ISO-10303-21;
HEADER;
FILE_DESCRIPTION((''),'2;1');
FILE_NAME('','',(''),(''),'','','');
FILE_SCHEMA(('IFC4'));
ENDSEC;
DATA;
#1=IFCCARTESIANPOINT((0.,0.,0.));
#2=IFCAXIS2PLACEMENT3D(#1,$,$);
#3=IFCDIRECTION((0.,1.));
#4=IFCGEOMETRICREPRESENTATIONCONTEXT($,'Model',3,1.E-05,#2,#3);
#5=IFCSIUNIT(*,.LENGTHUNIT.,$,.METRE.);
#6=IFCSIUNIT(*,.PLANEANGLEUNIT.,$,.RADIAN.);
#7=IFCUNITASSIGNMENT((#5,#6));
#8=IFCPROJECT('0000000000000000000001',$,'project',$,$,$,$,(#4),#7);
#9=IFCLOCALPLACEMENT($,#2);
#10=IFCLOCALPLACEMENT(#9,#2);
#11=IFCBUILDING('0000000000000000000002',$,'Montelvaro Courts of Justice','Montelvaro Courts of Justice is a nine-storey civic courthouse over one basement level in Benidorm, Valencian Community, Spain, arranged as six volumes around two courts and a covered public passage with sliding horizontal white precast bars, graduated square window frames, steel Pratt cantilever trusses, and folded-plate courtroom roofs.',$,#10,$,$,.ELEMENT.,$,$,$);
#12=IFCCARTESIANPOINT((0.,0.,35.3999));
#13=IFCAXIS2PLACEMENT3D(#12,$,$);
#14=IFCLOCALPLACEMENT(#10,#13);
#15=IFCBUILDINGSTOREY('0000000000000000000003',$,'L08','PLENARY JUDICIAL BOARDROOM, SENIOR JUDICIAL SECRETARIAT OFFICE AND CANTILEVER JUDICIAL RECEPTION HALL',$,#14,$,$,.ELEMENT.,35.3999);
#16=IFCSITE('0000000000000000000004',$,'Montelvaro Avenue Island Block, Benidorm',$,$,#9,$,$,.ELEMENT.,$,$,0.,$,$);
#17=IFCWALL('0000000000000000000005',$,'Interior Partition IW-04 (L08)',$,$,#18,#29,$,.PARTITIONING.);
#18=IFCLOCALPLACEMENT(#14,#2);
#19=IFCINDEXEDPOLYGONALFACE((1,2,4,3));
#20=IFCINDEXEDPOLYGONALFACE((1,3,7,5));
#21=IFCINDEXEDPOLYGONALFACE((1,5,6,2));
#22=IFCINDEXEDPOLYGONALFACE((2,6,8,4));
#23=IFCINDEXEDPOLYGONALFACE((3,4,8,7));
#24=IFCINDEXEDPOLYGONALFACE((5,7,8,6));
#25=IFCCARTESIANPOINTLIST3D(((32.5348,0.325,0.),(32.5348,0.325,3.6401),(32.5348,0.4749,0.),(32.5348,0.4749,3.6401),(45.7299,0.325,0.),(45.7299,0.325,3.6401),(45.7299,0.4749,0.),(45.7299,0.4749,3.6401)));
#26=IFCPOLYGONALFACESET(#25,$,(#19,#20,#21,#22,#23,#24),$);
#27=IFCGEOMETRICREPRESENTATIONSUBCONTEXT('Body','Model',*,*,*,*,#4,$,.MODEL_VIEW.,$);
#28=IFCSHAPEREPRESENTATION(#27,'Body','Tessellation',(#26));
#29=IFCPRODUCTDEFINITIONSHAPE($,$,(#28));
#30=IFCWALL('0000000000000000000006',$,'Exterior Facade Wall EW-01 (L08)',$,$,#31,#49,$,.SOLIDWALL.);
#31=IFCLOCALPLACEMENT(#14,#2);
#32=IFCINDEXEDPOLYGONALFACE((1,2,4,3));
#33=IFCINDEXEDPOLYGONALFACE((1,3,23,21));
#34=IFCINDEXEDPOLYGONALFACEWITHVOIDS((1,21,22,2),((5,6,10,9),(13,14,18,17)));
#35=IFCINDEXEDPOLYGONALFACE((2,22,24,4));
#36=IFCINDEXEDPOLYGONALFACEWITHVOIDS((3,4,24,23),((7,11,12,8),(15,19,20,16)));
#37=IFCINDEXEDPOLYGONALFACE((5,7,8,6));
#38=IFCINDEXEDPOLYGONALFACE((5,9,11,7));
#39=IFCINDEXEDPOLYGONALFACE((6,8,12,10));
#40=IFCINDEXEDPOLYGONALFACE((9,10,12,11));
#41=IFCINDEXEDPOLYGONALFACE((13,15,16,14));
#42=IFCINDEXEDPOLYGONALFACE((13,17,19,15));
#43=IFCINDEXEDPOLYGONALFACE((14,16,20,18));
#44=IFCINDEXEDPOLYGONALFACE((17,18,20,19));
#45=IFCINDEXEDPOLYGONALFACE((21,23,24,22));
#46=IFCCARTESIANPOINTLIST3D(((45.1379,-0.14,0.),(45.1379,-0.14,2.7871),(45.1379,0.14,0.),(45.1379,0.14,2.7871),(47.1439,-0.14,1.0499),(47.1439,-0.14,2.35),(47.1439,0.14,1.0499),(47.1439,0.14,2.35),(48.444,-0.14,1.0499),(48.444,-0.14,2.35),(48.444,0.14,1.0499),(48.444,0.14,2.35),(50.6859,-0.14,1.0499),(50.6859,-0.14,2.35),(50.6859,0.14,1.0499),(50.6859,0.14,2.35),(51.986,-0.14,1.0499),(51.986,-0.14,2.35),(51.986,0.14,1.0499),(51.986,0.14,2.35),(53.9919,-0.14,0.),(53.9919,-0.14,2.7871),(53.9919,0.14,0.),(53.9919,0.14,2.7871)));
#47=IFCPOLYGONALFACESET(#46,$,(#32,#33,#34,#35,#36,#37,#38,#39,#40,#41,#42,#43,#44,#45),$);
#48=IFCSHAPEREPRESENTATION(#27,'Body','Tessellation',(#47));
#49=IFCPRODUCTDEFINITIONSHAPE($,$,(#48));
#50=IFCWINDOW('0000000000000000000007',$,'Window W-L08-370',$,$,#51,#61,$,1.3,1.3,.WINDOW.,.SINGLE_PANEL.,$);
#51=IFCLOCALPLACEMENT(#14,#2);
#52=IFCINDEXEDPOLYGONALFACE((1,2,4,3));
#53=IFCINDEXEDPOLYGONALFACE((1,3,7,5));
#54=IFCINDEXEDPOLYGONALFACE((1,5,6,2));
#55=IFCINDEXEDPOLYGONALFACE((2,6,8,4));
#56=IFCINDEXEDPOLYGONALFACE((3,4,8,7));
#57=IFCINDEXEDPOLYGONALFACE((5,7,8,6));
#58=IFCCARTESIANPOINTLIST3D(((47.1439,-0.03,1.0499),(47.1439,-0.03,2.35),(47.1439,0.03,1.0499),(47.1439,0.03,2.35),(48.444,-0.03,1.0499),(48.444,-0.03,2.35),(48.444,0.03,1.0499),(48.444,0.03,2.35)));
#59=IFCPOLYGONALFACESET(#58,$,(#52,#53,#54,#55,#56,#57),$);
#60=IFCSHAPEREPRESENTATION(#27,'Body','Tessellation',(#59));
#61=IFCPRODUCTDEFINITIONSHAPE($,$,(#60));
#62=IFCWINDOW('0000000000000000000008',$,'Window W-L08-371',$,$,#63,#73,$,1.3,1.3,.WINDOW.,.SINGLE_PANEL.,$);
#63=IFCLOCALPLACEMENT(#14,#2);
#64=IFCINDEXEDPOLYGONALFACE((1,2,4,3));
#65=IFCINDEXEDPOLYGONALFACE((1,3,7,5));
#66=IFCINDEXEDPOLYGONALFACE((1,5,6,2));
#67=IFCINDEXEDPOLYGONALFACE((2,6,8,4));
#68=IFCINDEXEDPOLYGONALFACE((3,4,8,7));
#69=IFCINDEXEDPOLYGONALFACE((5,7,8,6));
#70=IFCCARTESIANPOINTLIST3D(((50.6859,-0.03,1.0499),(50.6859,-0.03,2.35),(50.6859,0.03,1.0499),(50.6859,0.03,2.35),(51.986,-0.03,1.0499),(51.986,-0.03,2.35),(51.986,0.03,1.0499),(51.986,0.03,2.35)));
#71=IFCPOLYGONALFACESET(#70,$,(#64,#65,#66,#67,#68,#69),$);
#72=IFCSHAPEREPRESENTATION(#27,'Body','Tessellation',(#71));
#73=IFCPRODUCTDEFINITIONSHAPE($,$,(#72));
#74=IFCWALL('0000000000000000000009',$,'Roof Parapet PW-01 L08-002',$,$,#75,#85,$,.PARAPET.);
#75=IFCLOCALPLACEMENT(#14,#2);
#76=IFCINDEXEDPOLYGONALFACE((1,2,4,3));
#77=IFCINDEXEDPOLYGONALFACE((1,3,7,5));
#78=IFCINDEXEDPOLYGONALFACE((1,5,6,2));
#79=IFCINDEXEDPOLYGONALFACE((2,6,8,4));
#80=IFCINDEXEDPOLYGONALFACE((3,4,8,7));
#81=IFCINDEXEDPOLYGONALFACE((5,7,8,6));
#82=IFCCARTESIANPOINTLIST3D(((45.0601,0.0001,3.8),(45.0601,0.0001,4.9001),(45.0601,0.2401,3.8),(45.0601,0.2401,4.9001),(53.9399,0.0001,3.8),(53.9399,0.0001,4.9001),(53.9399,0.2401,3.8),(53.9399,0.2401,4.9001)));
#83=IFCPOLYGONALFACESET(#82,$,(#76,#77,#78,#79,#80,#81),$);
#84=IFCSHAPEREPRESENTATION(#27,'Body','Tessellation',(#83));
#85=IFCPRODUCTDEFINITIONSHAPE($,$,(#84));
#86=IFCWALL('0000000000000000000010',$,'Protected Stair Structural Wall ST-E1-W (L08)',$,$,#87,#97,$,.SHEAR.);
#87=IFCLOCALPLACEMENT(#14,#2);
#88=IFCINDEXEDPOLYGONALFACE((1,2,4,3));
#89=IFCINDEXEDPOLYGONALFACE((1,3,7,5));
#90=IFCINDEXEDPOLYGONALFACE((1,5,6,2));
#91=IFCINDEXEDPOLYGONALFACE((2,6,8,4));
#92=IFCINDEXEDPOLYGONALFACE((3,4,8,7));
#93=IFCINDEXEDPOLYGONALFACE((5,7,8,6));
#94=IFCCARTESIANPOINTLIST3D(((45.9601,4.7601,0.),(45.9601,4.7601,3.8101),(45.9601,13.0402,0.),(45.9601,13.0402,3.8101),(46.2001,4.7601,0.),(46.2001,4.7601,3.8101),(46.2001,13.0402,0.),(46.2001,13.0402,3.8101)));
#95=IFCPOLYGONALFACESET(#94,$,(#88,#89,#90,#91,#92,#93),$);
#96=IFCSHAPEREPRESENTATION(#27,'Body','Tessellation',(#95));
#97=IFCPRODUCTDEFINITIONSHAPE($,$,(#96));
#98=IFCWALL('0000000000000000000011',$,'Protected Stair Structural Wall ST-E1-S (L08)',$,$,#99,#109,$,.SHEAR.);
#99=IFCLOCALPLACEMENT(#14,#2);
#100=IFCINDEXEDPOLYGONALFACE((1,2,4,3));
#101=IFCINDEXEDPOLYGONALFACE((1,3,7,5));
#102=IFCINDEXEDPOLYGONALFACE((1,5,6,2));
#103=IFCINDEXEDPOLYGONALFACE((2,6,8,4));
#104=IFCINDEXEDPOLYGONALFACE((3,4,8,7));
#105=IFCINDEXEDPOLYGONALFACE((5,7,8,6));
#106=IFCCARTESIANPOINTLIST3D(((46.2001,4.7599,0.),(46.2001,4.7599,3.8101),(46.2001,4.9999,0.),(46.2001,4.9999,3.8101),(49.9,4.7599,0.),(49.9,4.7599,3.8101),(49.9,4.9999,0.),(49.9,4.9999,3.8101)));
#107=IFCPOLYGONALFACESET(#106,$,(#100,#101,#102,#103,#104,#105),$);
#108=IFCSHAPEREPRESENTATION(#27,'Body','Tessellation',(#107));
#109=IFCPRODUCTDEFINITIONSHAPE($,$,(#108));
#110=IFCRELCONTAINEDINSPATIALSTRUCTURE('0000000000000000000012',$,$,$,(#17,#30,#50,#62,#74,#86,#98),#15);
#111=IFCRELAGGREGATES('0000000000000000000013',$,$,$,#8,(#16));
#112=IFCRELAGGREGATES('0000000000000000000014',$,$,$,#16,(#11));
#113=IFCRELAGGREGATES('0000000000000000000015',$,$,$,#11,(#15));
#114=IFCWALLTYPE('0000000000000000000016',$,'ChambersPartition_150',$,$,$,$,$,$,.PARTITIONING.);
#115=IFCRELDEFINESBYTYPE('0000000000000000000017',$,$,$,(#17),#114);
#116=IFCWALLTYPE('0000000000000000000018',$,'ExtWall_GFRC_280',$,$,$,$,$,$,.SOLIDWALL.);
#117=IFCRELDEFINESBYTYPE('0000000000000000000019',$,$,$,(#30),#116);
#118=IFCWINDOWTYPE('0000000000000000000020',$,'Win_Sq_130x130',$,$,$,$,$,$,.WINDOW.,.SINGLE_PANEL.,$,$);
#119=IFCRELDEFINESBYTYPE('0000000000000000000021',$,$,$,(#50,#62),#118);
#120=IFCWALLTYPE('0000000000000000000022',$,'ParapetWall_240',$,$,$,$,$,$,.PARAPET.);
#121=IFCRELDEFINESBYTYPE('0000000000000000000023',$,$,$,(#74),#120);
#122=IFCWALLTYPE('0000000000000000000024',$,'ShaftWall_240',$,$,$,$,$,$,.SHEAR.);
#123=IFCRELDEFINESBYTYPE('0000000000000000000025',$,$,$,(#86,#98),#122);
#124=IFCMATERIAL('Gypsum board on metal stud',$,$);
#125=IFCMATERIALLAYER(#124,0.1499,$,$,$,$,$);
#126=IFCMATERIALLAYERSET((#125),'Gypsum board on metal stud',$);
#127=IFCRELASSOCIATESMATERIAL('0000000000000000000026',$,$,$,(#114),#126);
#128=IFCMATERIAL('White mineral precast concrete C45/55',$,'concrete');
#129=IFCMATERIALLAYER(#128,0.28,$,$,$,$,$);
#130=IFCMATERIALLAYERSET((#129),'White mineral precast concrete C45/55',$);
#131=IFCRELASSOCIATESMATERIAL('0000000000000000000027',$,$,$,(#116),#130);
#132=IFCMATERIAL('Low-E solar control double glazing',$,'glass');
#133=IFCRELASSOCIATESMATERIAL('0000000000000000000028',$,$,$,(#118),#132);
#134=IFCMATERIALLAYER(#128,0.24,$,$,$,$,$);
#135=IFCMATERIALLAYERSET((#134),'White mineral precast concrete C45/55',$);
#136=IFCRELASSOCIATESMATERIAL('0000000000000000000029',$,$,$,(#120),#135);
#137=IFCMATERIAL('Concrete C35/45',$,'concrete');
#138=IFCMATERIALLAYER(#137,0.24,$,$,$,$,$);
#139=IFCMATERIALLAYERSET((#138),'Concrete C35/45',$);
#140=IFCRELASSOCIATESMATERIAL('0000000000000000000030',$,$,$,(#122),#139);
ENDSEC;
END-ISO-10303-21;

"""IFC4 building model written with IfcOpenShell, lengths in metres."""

from ifc_helpers import new_model, si_unit, direction, frame, frame_2d, origin, place, context, subcontext, project, spatial, rectangle, extrude, material, layer, layer_set, type_object, element, fill, save


model = new_model("IFC4")

# Units and contexts
model_context = context("Model", 3, precision=1e-05, world=origin(), true_north=direction((0.0, 1.0)))
body_context = subcontext(model_context, "Body", "Model", "MODEL_VIEW")
ifc_project = project(units=[si_unit("LENGTHUNIT", "METRE"), si_unit("PLANEANGLEUNIT", "RADIAN")], contexts=[model_context])

# Site, building, storey
site_placement = place(None, origin())
site = spatial("IfcSite", under=ifc_project, at=site_placement, Name="Montelvaro Avenue Island Block, Benidorm", CompositionType="ELEMENT", RefElevation=0.0)
building_placement = place(site_placement, origin())
building = spatial("IfcBuilding", under=site, at=building_placement, Name="Montelvaro Courts of Justice", Description="Montelvaro Courts of Justice is a nine-storey civic courthouse over one basement level in Benidorm, Valencian Community, Spain, arranged as six volumes around two courts and a covered public passage with sliding horizontal white precast bars, graduated square window frames, steel Pratt cantilever trusses, and folded-plate courtroom roofs.", CompositionType="ELEMENT")
storey_placement = place(building_placement, frame((0.0, 0.0, 35.3999)))
storey = spatial("IfcBuildingStorey", under=building, at=storey_placement, Name="L08", Description="PLENARY JUDICIAL BOARDROOM, SENIOR JUDICIAL SECRETARIAT OFFICE AND CANTILEVER JUDICIAL RECEPTION HALL", CompositionType="ELEMENT", Elevation=35.3999)

# Shared definitions
ifc_material_1 = material(Name="White mineral precast concrete C45/55", Category="concrete")

# Shared definitions
ifc_material_2 = material(Name="Gypsum board on metal stud")
ifc_layer_1 = layer(ifc_material_2, 0.1499)
ifc_layer_set_1 = layer_set([ifc_layer_1], Name="Gypsum board on metal stud")
wall_type_1 = type_object("IfcWallType", Name="ChambersPartition_150", PredefinedType="PARTITIONING", material=ifc_layer_set_1)

# Wall
wall_1_placement = place(storey_placement, frame((45.73, 0.3999, 0.0), z_axis=(0.0, 0.0, 1.0), x_axis=(-1.0, 0.0, 0.0)))
element("IfcWall", 1, at=wall_1_placement, inside=storey, type_object=wall_type_1, Name="Interior Partition IW-04 (L08)", PredefinedType="PARTITIONING", context=body_context, shape_type="SweptSolid", body=[
    extrude(rectangle(XDim=13.1951, YDim=0.1499, at=frame_2d((6.5977, 0.0))), origin(), (0.0, 0.0, 1.0), 3.6401),
])

# Wall, openings, windows
ifc_layer_2 = layer(ifc_material_1, 0.28)
ifc_layer_set_2 = layer_set([ifc_layer_2], Name="White mineral precast concrete C45/55")
wall_type_2 = type_object("IfcWallType", Name="ExtWall_GFRC_280", PredefinedType="SOLIDWALL", material=ifc_layer_set_2)
wall_2_placement = place(storey_placement, frame((45.1379, 0.0, 0.0), z_axis=(0.0, 0.0, 1.0), x_axis=(1.0, 0.0, 0.0)))
wall_2 = element("IfcWall", 2, at=wall_2_placement, inside=storey, type_object=wall_type_2, Name="Exterior Facade Wall EW-01 (L08)", PredefinedType="SOLIDWALL", context=body_context, shape_type="SweptSolid", body=[
    extrude(rectangle(XDim=8.854, YDim=0.28, at=frame_2d((4.427, 0.0))), origin(), (0.0, 0.0, 1.0), 2.7871),
])
opening_1_placement = place(wall_2_placement, frame((2.0061, 0.0, 1.05)))
opening_1 = element("IfcOpeningElement", 3, at=opening_1_placement, cuts=wall_2, PredefinedType="OPENING", context=body_context, shape_type="SweptSolid", body=[
    extrude(rectangle(XDim=1.3, YDim=1.3, at=frame_2d((0.6499, 0.6499))), frame((0.0, 0.1548, 0.0), z_axis=(0.0, -1.0, 0.0), x_axis=(1.0, 0.0, 0.0)), (0.0, 0.0, 1.0), 0.3098),
])
opening_2_placement = place(wall_2_placement, frame((5.5481, 0.0, 1.05)))
opening_2 = element("IfcOpeningElement", 4, at=opening_2_placement, cuts=wall_2, PredefinedType="OPENING", context=body_context, shape_type="SweptSolid", body=[
    extrude(rectangle(XDim=1.3, YDim=1.3, at=frame_2d((0.6499, 0.6499))), frame((0.0, 0.1548, 0.0), z_axis=(0.0, -1.0, 0.0), x_axis=(1.0, 0.0, 0.0)), (0.0, 0.0, 1.0), 0.3098),
])
ifc_material_3 = material(Name="Low-E solar control double glazing", Category="glass")
window_type = type_object("IfcWindowType", Name="Win_Sq_130x130", PartitioningType="SINGLE_PANEL", PredefinedType="WINDOW", material=ifc_material_3)
window_1_placement = place(opening_1_placement, origin())
window_1 = element("IfcWindow", 5, at=window_1_placement, inside=storey, type_object=window_type, Name="Window W-L08-370", OverallHeight=1.3, OverallWidth=1.3, PartitioningType="SINGLE_PANEL", PredefinedType="WINDOW", context=body_context, shape_type="SweptSolid", body=[
    extrude(rectangle(XDim=1.3, YDim=1.3, at=frame_2d((0.6499, 0.6499))), frame((0.0, 0.03, 0.0), z_axis=(0.0, -1.0, 0.0), x_axis=(1.0, 0.0, 0.0)), (0.0, 0.0, 1.0), 0.0601),
])
fill(opening_1, window_1)
window_2_placement = place(opening_2_placement, origin())
window_2 = element("IfcWindow", 6, at=window_2_placement, inside=storey, type_object=window_type, Name="Window W-L08-371", OverallHeight=1.3, OverallWidth=1.3, PartitioningType="SINGLE_PANEL", PredefinedType="WINDOW", context=body_context, shape_type="SweptSolid", body=[
    extrude(rectangle(XDim=1.3, YDim=1.3, at=frame_2d((0.6499, 0.6499))), frame((0.0, 0.03, 0.0), z_axis=(0.0, -1.0, 0.0), x_axis=(1.0, 0.0, 0.0)), (0.0, 0.0, 1.0), 0.0601),
])
fill(opening_2, window_2)

# Walls
ifc_layer_3 = layer(ifc_material_1, 0.24)
ifc_layer_set_3 = layer_set([ifc_layer_3], Name="White mineral precast concrete C45/55")
wall_type_3 = type_object("IfcWallType", Name="ParapetWall_240", PredefinedType="PARAPET", material=ifc_layer_set_3)
wall_3_placement = place(storey_placement, frame((45.0601, 0.1201, 3.8), z_axis=(0.0, 0.0, 1.0), x_axis=(1.0, 0.0, 0.0)))
element("IfcWall", 7, at=wall_3_placement, inside=storey, type_object=wall_type_3, Name="Roof Parapet PW-01 L08-002", PredefinedType="PARAPET", context=body_context, shape_type="SweptSolid", body=[
    extrude(rectangle(XDim=8.8799, YDim=0.24, at=frame_2d((4.4399, 0.0))), origin(), (0.0, 0.0, 1.0), 1.1001),
])
ifc_material_4 = material(Name="Concrete C35/45", Category="concrete")
ifc_layer_4 = layer(ifc_material_4, 0.24)
ifc_layer_set_4 = layer_set([ifc_layer_4], Name="Concrete C35/45")
wall_type_4 = type_object("IfcWallType", Name="ShaftWall_240", PredefinedType="SHEAR", material=ifc_layer_set_4)
wall_4_placement = place(storey_placement, frame((46.0801, 4.76, 0.0), z_axis=(0.0, 0.0, 1.0), x_axis=(0.0, 1.0, 0.0)))
element("IfcWall", 8, at=wall_4_placement, inside=storey, type_object=wall_type_4, Name="Protected Stair Structural Wall ST-E1-W (L08)", PredefinedType="SHEAR", context=body_context, shape_type="SweptSolid", body=[
    extrude(rectangle(XDim=8.28, YDim=0.24, at=frame_2d((4.1401, 0.0))), origin(), (0.0, 0.0, 1.0), 3.8101),
])
wall_5_placement = place(storey_placement, frame((46.2, 4.8799, 0.0), z_axis=(0.0, 0.0, 1.0), x_axis=(1.0, 0.0, 0.0)))
element("IfcWall", 9, at=wall_5_placement, inside=storey, type_object=wall_type_4, Name="Protected Stair Structural Wall ST-E1-S (L08)", PredefinedType="SHEAR", context=body_context, shape_type="SweptSolid", body=[
    extrude(rectangle(XDim=3.7, YDim=0.24, at=frame_2d((1.8501, 0.0))), origin(), (0.0, 0.0, 1.0), 3.8101),
])

save(model, "model.ifc")
